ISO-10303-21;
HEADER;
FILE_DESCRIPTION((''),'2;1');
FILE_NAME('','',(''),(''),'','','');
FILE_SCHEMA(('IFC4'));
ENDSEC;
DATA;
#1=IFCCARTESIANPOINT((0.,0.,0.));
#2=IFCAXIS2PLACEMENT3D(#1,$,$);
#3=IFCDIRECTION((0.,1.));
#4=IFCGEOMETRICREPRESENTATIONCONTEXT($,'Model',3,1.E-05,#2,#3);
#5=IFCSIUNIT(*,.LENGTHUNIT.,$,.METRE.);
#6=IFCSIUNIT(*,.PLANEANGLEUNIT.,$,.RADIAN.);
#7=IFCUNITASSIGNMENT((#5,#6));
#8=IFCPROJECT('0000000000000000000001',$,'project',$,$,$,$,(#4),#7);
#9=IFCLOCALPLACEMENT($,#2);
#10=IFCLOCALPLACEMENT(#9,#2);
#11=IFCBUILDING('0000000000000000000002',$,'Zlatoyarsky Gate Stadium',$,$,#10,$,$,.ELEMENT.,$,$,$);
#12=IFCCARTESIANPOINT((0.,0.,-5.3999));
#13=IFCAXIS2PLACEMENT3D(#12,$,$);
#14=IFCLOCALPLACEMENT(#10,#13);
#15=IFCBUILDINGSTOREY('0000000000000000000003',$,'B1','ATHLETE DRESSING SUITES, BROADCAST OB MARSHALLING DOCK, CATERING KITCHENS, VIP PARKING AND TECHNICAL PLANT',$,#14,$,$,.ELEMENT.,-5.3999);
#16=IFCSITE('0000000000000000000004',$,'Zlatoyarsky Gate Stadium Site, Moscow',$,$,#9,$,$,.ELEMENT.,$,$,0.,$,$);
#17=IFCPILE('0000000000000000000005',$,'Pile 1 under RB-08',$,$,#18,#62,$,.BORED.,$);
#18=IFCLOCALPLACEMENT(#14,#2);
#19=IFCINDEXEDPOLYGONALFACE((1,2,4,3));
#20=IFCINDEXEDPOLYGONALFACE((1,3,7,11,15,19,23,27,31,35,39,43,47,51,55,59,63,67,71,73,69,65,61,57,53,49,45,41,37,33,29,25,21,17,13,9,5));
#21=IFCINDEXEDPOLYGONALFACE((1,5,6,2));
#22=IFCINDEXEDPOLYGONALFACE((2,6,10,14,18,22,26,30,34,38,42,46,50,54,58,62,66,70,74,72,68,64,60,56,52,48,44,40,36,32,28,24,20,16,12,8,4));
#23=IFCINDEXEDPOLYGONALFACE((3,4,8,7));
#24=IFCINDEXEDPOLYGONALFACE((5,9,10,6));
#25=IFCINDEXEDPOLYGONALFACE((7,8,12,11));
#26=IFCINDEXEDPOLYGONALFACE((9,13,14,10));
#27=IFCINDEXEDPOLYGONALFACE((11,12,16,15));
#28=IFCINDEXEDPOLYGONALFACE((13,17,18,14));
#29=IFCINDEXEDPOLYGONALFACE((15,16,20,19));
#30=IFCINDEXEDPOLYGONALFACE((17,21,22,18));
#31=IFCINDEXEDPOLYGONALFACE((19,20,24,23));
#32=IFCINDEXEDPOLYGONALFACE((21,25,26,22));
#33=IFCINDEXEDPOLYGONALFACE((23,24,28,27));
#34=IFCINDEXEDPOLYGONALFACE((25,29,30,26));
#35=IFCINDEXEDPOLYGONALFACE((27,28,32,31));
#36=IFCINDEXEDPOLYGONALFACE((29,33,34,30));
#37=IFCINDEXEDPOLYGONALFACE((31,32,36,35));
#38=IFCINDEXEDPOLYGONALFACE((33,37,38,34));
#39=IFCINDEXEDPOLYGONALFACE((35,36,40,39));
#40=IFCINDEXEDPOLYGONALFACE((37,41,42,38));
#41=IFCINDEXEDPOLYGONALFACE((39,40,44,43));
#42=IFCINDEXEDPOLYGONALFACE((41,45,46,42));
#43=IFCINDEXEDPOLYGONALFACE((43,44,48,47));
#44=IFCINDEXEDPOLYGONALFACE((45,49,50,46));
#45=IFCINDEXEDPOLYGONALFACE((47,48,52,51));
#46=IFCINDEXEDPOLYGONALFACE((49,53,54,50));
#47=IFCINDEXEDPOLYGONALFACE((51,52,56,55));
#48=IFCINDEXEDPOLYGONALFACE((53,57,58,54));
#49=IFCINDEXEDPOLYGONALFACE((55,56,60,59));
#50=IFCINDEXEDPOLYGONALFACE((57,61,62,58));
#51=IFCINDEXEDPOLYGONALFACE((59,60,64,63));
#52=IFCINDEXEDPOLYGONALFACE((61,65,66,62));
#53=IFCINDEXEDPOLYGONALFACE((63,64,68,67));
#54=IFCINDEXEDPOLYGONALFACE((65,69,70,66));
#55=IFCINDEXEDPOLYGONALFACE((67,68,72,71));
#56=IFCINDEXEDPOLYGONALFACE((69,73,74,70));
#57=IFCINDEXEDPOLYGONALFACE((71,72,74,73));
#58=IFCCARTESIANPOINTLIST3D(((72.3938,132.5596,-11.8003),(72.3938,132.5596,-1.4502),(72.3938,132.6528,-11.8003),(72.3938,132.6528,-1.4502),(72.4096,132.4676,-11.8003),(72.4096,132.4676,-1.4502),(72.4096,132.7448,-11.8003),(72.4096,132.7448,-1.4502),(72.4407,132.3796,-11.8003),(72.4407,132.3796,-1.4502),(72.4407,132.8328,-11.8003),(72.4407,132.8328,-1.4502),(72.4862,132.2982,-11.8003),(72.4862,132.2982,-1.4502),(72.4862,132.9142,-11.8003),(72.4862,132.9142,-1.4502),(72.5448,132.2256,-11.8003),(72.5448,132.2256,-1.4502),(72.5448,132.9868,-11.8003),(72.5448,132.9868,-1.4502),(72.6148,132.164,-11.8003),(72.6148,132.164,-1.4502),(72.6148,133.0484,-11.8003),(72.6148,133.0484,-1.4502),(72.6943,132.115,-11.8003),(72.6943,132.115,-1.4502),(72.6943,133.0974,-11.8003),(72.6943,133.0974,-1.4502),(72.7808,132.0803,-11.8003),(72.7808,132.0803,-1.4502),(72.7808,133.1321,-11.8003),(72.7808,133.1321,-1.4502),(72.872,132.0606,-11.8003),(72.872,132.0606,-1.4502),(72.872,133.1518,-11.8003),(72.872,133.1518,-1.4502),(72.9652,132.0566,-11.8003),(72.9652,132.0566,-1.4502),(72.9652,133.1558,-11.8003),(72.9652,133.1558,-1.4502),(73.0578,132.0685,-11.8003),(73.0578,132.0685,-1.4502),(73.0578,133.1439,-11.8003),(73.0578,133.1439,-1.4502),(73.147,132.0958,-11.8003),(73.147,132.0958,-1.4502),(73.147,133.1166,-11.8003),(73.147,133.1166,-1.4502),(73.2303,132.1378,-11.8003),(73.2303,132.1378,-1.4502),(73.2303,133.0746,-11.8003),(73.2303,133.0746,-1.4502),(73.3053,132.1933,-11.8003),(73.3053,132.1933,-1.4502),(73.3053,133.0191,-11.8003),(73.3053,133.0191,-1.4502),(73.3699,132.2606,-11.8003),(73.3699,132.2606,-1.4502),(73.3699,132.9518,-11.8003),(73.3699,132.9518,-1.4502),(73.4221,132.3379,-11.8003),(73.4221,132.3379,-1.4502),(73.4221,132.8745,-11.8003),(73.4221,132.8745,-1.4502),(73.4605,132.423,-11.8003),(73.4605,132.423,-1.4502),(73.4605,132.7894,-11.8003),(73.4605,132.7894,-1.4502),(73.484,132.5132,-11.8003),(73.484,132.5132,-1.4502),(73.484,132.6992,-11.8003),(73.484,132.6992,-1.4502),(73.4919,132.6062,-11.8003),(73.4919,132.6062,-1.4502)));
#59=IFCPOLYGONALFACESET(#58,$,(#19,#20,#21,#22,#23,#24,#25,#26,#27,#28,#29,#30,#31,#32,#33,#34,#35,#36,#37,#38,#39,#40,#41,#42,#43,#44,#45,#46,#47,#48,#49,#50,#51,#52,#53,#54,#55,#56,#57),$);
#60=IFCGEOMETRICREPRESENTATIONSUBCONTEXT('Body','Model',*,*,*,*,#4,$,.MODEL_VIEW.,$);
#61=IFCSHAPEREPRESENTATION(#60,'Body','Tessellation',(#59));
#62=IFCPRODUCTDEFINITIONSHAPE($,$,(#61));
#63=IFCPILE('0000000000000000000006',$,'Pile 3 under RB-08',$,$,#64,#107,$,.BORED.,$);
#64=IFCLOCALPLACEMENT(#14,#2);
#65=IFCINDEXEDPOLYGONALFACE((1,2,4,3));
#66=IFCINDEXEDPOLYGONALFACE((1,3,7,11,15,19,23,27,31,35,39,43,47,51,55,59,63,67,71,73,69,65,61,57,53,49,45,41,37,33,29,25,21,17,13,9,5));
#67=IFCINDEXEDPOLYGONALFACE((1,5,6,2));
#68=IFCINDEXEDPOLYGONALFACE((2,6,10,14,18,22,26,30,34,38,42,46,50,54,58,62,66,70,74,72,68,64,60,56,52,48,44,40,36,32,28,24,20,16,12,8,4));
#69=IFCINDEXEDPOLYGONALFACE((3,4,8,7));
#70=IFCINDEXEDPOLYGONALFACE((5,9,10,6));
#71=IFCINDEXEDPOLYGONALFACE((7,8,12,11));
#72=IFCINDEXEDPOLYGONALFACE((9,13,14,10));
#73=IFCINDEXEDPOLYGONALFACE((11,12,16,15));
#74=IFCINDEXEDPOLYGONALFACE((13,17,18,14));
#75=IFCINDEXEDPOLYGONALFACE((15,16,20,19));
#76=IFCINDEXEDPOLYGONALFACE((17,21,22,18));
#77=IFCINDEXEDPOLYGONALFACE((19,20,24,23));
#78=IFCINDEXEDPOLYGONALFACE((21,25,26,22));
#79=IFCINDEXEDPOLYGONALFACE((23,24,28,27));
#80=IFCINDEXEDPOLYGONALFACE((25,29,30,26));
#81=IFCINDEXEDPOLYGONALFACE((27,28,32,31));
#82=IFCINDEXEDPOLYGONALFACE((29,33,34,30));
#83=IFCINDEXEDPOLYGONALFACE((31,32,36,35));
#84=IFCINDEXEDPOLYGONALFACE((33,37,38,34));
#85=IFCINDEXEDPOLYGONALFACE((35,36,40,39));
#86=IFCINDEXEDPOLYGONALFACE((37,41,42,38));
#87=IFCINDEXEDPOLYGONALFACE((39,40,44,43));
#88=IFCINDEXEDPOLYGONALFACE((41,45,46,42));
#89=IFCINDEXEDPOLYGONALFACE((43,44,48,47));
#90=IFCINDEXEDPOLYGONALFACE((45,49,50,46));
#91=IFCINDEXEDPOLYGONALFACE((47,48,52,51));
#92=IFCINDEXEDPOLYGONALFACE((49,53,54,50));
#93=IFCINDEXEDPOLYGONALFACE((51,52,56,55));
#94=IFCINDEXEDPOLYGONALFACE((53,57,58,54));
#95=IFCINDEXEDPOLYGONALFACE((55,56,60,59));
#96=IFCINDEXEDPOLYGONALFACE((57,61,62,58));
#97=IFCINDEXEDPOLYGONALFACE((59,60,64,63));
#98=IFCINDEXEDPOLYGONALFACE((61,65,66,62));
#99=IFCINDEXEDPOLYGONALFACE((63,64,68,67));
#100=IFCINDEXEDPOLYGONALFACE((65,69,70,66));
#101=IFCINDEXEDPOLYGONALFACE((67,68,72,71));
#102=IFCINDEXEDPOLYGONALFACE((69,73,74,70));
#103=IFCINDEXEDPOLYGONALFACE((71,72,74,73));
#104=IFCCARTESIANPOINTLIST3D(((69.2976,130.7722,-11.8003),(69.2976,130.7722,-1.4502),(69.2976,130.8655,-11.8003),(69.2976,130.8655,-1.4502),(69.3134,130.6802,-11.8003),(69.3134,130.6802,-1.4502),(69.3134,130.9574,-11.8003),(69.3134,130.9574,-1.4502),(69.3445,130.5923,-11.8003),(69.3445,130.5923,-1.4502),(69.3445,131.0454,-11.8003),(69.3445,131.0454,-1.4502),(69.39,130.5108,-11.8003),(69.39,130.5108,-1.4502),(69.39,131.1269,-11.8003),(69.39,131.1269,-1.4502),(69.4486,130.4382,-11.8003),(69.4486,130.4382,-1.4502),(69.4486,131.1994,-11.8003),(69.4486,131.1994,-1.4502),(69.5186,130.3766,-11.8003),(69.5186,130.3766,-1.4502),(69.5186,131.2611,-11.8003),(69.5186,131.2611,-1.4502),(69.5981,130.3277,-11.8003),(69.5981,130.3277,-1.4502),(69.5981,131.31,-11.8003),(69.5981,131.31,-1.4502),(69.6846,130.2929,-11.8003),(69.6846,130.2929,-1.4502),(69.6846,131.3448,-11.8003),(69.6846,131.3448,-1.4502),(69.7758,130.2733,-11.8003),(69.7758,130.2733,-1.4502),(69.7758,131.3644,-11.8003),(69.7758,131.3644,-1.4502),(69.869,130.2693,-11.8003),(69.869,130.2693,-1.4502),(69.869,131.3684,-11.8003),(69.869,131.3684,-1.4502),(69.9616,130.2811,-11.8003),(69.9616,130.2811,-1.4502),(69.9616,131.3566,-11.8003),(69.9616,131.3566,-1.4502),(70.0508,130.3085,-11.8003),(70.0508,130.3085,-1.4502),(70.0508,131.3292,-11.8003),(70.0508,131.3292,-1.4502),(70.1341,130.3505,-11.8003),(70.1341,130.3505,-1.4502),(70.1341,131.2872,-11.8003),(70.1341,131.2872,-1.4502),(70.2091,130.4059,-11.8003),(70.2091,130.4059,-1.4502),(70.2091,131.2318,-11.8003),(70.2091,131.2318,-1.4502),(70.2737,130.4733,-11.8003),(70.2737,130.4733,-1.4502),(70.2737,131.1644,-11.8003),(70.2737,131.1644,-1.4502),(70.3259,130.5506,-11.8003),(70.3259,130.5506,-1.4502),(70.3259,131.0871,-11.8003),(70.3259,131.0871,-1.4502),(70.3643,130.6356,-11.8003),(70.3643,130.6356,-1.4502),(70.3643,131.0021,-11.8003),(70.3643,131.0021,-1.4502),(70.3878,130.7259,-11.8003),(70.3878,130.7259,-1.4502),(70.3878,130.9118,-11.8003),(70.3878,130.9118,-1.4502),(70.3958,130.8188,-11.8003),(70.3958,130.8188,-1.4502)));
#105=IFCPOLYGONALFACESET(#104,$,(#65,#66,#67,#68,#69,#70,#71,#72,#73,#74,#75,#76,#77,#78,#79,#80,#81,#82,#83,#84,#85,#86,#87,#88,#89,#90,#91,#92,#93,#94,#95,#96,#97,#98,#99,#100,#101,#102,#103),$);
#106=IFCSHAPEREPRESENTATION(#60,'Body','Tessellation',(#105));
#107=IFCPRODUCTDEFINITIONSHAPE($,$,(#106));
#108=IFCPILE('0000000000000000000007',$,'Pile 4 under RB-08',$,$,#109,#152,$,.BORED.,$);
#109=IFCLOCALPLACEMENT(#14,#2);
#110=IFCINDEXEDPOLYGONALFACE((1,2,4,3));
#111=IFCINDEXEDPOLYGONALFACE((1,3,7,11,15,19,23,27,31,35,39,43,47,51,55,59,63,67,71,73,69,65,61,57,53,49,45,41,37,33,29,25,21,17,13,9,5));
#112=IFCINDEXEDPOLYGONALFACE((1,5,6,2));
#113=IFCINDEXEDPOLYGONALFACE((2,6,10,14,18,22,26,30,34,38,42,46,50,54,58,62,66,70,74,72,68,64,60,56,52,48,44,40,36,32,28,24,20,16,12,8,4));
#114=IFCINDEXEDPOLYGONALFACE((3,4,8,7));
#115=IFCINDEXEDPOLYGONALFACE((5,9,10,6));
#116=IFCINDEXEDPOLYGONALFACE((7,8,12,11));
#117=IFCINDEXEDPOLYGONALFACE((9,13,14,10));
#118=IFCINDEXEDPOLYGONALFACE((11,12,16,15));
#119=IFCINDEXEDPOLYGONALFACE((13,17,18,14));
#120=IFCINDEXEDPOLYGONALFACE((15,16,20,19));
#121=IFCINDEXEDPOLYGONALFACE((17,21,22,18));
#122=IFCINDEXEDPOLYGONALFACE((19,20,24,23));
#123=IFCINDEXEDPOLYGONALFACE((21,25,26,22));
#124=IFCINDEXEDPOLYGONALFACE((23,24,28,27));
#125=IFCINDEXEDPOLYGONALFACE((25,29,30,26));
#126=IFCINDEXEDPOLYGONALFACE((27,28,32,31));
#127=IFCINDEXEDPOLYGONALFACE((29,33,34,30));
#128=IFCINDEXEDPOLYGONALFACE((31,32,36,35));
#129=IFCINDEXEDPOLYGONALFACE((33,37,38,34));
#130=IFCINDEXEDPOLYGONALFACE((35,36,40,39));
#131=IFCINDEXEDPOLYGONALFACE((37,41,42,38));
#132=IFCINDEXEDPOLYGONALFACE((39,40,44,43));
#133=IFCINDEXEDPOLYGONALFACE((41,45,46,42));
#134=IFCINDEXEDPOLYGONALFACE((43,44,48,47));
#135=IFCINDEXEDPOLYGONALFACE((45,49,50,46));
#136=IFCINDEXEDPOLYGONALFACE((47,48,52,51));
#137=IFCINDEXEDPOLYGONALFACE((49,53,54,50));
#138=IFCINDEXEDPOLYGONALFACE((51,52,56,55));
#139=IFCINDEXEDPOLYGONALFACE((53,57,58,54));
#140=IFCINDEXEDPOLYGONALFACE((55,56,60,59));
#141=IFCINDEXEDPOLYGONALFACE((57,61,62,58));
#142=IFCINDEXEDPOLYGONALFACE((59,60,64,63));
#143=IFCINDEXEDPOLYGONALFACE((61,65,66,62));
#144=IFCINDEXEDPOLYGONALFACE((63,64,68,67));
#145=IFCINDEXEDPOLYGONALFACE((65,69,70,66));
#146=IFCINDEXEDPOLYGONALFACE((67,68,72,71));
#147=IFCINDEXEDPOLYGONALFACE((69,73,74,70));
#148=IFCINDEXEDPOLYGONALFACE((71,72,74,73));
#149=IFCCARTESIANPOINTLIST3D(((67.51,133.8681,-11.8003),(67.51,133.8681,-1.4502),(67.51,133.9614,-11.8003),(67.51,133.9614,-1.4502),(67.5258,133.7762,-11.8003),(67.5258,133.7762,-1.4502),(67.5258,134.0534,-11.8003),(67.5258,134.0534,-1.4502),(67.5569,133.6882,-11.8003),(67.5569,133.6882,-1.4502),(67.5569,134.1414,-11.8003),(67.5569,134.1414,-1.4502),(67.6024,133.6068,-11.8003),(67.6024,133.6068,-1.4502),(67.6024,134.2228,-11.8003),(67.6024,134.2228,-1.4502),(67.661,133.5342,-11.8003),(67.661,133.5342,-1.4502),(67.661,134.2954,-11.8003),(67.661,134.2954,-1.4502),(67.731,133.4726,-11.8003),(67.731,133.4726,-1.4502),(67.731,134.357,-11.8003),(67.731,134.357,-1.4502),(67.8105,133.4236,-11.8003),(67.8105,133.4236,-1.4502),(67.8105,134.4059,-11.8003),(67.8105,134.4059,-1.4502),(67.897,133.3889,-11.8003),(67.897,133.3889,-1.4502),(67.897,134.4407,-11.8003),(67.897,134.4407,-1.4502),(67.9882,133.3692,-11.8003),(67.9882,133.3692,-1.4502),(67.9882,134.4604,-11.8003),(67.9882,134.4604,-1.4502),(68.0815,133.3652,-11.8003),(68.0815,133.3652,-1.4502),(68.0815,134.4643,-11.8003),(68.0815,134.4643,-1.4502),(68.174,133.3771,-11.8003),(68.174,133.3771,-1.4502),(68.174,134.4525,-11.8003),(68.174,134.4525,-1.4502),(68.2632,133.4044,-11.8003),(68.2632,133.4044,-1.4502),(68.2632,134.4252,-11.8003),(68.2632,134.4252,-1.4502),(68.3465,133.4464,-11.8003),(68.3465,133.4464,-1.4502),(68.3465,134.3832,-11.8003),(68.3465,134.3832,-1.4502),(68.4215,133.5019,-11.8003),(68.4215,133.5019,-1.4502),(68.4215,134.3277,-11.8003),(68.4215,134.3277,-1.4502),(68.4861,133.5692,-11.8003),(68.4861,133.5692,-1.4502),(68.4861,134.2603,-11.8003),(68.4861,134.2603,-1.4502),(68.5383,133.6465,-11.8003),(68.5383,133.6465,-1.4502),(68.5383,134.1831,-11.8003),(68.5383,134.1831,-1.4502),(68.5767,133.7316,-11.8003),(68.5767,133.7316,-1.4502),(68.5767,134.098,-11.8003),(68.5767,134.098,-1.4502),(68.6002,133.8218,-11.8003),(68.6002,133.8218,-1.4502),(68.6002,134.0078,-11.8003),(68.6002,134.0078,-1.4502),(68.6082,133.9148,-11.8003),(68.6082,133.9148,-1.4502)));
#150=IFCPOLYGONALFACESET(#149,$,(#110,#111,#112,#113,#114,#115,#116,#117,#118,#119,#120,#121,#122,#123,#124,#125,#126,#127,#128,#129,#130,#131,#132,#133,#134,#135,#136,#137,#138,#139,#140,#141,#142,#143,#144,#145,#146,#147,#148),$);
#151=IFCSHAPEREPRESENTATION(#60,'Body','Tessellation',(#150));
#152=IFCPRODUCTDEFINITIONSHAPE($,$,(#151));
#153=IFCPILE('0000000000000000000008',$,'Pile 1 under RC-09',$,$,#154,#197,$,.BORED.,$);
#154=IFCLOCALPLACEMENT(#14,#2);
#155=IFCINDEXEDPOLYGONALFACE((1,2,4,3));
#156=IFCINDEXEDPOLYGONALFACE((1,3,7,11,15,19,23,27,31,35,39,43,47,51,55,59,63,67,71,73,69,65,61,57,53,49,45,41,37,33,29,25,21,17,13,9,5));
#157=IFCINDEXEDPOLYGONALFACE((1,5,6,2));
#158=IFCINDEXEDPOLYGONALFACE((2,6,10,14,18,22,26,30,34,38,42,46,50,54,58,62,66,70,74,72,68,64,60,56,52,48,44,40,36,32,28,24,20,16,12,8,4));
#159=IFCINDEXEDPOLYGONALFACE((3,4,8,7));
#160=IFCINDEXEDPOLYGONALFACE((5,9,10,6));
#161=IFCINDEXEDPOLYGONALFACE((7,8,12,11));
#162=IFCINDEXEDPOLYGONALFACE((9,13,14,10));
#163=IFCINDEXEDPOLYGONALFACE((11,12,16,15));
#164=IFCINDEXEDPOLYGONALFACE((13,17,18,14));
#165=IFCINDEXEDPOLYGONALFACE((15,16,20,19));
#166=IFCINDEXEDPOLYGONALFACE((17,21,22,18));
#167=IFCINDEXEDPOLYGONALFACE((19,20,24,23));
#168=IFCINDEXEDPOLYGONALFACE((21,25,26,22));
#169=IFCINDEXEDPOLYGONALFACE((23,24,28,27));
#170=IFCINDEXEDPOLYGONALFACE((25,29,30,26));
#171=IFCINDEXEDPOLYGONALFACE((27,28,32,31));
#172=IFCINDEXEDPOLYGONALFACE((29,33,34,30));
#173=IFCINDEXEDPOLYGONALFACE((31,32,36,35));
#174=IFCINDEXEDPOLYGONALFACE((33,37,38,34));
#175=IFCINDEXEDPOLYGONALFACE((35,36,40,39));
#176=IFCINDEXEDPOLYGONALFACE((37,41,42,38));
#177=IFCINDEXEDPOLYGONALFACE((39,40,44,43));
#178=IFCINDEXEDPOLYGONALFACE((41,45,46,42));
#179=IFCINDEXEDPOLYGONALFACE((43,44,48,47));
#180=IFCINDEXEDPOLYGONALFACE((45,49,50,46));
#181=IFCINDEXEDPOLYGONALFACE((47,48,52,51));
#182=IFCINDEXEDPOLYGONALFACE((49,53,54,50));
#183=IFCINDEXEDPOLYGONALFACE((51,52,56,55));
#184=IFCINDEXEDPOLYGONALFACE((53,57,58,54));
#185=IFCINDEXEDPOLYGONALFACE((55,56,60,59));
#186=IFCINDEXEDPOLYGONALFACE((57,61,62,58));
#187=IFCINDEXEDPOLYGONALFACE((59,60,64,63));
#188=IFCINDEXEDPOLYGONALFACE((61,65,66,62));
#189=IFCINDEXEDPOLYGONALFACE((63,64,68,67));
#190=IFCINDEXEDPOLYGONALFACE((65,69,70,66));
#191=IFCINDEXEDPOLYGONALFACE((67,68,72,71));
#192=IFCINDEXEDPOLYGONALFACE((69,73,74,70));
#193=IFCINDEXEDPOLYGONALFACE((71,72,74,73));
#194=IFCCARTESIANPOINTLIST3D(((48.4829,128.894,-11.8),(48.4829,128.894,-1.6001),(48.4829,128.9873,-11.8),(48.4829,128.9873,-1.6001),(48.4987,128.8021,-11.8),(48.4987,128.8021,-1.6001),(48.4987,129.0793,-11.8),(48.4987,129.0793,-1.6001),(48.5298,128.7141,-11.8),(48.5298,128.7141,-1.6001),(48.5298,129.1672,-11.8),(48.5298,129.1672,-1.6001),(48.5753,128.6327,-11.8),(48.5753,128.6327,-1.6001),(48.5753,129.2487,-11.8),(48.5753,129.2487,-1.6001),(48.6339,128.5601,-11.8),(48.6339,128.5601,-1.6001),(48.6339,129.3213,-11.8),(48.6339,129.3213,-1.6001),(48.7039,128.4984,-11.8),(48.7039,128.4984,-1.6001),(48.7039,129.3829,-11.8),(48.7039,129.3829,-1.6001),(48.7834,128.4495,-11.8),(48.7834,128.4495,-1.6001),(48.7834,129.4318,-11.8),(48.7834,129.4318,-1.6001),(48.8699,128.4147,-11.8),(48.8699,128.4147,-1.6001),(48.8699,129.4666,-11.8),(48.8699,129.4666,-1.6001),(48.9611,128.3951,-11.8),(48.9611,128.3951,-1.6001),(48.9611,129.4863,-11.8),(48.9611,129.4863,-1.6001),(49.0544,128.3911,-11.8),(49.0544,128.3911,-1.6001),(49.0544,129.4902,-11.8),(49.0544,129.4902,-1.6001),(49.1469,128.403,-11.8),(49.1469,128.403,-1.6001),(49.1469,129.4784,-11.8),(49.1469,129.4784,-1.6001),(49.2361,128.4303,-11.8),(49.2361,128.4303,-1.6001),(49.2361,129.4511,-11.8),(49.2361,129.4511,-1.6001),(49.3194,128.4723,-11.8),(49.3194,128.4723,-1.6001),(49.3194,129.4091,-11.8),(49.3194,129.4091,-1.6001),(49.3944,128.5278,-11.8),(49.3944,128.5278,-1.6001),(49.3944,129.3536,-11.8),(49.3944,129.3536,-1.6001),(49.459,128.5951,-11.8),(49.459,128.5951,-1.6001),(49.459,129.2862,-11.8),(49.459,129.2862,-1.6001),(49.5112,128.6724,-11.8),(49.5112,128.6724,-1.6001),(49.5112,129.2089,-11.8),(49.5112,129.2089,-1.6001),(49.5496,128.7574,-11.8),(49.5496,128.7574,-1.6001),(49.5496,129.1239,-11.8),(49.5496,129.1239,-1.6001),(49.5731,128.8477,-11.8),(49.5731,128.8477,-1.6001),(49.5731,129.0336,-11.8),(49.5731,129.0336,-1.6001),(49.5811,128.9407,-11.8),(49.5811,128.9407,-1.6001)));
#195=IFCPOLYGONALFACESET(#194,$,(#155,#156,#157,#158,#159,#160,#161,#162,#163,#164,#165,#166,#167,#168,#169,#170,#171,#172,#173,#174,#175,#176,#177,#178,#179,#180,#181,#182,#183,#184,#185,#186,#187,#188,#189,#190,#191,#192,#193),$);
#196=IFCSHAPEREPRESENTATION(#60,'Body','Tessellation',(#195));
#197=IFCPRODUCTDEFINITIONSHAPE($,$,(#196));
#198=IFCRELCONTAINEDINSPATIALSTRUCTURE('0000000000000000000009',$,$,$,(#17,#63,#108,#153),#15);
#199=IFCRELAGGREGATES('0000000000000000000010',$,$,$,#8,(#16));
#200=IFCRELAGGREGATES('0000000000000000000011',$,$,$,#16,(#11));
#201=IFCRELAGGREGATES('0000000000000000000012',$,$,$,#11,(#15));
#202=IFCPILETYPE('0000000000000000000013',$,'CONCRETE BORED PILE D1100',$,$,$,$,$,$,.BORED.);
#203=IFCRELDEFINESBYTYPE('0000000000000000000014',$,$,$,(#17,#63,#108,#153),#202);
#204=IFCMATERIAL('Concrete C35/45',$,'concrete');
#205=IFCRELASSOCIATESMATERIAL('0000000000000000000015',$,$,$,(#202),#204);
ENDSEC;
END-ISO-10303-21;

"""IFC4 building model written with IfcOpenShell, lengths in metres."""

from ifc_helpers import new_model, si_unit, direction, frame, origin, origin_2d, place, context, subcontext, project, spatial, circle, extrude, material, material_profile, profile_set, type_object, element, save


model = new_model("IFC4")

# Units and contexts
model_context = context("Model", 3, precision=1e-05, world=origin(), true_north=direction((0.0, 1.0)))
body_context = subcontext(model_context, "Body", "Model", "MODEL_VIEW")
ifc_project = project(units=[si_unit("LENGTHUNIT", "METRE"), si_unit("PLANEANGLEUNIT", "RADIAN")], contexts=[model_context])

# Site, building, storey
site_placement = place(None, origin())
site = spatial("IfcSite", under=ifc_project, at=site_placement, Name="Zlatoyarsky Gate Stadium Site, Moscow", CompositionType="ELEMENT", RefElevation=0.0)
building_placement = place(site_placement, origin())
building = spatial("IfcBuilding", under=site, at=building_placement, Name="Zlatoyarsky Gate Stadium", CompositionType="ELEMENT")
storey_placement = place(building_placement, frame((0.0, 0.0, -5.3999)))
storey = spatial("IfcBuildingStorey", under=building, at=storey_placement, Name="B1", Description="ATHLETE DRESSING SUITES, BROADCAST OB MARSHALLING DOCK, CATERING KITCHENS, VIP PARKING AND TECHNICAL PLANT", CompositionType="ELEMENT", Elevation=-5.3999)

# Piles
ifc_material_1 = material(Name="Concrete C35/45", Category="concrete")
ifc_material_profile_1 = material_profile(ifc_material_1, circle(Radius=0.55, at=origin_2d()), Name="BORED PILE D1100")
ifc_profile_set_1 = profile_set([ifc_material_profile_1], Name="Concrete C35/45")
pile_type_1 = type_object("IfcPileType", Name="CONCRETE BORED PILE D1100", PredefinedType="BORED", material=ifc_profile_set_1)
for number, where, z_axis, x_axis, name in (
    (1, (72.9419, 132.6062, -1.4502), (0.0, 0.0, -1.0), (1.0, 0.0, 0.0), "Pile 1 under RB-08"),
    (2, (69.8457, 130.8188, -1.4502), (0.0, 0.0, -1.0), (1.0, 0.0, 0.0), "Pile 3 under RB-08"),
    (3, (68.0581, 133.9148, -1.4502), (0.0, 0.0, -1.0), (1.0, 0.0, 0.0), "Pile 4 under RB-08"),
):
    element("IfcPile", number, at=place(storey_placement, frame(where, z_axis=z_axis, x_axis=x_axis)), inside=storey, type_object=pile_type_1, Name=name, PredefinedType="BORED", context=body_context, shape_type="SweptSolid", body=[
        extrude(circle(Radius=0.55, at=origin_2d()), origin(), (0.0, 0.0, 1.0), 10.3501),
    ])
for number, where, z_axis, x_axis, name in (
    (4, (49.031, 128.9407, -1.6001), (0.0, 0.0, -1.0), (1.0, 0.0, 0.0), "Pile 1 under RC-09"),
):
    element("IfcPile", number, at=place(storey_placement, frame(where, z_axis=z_axis, x_axis=x_axis)), inside=storey, type_object=pile_type_1, Name=name, PredefinedType="BORED", context=body_context, shape_type="SweptSolid", body=[
        extrude(circle(Radius=0.55, at=origin_2d()), origin(), (0.0, 0.0, 1.0), 10.2),
    ])

save(model, "model.ifc")
